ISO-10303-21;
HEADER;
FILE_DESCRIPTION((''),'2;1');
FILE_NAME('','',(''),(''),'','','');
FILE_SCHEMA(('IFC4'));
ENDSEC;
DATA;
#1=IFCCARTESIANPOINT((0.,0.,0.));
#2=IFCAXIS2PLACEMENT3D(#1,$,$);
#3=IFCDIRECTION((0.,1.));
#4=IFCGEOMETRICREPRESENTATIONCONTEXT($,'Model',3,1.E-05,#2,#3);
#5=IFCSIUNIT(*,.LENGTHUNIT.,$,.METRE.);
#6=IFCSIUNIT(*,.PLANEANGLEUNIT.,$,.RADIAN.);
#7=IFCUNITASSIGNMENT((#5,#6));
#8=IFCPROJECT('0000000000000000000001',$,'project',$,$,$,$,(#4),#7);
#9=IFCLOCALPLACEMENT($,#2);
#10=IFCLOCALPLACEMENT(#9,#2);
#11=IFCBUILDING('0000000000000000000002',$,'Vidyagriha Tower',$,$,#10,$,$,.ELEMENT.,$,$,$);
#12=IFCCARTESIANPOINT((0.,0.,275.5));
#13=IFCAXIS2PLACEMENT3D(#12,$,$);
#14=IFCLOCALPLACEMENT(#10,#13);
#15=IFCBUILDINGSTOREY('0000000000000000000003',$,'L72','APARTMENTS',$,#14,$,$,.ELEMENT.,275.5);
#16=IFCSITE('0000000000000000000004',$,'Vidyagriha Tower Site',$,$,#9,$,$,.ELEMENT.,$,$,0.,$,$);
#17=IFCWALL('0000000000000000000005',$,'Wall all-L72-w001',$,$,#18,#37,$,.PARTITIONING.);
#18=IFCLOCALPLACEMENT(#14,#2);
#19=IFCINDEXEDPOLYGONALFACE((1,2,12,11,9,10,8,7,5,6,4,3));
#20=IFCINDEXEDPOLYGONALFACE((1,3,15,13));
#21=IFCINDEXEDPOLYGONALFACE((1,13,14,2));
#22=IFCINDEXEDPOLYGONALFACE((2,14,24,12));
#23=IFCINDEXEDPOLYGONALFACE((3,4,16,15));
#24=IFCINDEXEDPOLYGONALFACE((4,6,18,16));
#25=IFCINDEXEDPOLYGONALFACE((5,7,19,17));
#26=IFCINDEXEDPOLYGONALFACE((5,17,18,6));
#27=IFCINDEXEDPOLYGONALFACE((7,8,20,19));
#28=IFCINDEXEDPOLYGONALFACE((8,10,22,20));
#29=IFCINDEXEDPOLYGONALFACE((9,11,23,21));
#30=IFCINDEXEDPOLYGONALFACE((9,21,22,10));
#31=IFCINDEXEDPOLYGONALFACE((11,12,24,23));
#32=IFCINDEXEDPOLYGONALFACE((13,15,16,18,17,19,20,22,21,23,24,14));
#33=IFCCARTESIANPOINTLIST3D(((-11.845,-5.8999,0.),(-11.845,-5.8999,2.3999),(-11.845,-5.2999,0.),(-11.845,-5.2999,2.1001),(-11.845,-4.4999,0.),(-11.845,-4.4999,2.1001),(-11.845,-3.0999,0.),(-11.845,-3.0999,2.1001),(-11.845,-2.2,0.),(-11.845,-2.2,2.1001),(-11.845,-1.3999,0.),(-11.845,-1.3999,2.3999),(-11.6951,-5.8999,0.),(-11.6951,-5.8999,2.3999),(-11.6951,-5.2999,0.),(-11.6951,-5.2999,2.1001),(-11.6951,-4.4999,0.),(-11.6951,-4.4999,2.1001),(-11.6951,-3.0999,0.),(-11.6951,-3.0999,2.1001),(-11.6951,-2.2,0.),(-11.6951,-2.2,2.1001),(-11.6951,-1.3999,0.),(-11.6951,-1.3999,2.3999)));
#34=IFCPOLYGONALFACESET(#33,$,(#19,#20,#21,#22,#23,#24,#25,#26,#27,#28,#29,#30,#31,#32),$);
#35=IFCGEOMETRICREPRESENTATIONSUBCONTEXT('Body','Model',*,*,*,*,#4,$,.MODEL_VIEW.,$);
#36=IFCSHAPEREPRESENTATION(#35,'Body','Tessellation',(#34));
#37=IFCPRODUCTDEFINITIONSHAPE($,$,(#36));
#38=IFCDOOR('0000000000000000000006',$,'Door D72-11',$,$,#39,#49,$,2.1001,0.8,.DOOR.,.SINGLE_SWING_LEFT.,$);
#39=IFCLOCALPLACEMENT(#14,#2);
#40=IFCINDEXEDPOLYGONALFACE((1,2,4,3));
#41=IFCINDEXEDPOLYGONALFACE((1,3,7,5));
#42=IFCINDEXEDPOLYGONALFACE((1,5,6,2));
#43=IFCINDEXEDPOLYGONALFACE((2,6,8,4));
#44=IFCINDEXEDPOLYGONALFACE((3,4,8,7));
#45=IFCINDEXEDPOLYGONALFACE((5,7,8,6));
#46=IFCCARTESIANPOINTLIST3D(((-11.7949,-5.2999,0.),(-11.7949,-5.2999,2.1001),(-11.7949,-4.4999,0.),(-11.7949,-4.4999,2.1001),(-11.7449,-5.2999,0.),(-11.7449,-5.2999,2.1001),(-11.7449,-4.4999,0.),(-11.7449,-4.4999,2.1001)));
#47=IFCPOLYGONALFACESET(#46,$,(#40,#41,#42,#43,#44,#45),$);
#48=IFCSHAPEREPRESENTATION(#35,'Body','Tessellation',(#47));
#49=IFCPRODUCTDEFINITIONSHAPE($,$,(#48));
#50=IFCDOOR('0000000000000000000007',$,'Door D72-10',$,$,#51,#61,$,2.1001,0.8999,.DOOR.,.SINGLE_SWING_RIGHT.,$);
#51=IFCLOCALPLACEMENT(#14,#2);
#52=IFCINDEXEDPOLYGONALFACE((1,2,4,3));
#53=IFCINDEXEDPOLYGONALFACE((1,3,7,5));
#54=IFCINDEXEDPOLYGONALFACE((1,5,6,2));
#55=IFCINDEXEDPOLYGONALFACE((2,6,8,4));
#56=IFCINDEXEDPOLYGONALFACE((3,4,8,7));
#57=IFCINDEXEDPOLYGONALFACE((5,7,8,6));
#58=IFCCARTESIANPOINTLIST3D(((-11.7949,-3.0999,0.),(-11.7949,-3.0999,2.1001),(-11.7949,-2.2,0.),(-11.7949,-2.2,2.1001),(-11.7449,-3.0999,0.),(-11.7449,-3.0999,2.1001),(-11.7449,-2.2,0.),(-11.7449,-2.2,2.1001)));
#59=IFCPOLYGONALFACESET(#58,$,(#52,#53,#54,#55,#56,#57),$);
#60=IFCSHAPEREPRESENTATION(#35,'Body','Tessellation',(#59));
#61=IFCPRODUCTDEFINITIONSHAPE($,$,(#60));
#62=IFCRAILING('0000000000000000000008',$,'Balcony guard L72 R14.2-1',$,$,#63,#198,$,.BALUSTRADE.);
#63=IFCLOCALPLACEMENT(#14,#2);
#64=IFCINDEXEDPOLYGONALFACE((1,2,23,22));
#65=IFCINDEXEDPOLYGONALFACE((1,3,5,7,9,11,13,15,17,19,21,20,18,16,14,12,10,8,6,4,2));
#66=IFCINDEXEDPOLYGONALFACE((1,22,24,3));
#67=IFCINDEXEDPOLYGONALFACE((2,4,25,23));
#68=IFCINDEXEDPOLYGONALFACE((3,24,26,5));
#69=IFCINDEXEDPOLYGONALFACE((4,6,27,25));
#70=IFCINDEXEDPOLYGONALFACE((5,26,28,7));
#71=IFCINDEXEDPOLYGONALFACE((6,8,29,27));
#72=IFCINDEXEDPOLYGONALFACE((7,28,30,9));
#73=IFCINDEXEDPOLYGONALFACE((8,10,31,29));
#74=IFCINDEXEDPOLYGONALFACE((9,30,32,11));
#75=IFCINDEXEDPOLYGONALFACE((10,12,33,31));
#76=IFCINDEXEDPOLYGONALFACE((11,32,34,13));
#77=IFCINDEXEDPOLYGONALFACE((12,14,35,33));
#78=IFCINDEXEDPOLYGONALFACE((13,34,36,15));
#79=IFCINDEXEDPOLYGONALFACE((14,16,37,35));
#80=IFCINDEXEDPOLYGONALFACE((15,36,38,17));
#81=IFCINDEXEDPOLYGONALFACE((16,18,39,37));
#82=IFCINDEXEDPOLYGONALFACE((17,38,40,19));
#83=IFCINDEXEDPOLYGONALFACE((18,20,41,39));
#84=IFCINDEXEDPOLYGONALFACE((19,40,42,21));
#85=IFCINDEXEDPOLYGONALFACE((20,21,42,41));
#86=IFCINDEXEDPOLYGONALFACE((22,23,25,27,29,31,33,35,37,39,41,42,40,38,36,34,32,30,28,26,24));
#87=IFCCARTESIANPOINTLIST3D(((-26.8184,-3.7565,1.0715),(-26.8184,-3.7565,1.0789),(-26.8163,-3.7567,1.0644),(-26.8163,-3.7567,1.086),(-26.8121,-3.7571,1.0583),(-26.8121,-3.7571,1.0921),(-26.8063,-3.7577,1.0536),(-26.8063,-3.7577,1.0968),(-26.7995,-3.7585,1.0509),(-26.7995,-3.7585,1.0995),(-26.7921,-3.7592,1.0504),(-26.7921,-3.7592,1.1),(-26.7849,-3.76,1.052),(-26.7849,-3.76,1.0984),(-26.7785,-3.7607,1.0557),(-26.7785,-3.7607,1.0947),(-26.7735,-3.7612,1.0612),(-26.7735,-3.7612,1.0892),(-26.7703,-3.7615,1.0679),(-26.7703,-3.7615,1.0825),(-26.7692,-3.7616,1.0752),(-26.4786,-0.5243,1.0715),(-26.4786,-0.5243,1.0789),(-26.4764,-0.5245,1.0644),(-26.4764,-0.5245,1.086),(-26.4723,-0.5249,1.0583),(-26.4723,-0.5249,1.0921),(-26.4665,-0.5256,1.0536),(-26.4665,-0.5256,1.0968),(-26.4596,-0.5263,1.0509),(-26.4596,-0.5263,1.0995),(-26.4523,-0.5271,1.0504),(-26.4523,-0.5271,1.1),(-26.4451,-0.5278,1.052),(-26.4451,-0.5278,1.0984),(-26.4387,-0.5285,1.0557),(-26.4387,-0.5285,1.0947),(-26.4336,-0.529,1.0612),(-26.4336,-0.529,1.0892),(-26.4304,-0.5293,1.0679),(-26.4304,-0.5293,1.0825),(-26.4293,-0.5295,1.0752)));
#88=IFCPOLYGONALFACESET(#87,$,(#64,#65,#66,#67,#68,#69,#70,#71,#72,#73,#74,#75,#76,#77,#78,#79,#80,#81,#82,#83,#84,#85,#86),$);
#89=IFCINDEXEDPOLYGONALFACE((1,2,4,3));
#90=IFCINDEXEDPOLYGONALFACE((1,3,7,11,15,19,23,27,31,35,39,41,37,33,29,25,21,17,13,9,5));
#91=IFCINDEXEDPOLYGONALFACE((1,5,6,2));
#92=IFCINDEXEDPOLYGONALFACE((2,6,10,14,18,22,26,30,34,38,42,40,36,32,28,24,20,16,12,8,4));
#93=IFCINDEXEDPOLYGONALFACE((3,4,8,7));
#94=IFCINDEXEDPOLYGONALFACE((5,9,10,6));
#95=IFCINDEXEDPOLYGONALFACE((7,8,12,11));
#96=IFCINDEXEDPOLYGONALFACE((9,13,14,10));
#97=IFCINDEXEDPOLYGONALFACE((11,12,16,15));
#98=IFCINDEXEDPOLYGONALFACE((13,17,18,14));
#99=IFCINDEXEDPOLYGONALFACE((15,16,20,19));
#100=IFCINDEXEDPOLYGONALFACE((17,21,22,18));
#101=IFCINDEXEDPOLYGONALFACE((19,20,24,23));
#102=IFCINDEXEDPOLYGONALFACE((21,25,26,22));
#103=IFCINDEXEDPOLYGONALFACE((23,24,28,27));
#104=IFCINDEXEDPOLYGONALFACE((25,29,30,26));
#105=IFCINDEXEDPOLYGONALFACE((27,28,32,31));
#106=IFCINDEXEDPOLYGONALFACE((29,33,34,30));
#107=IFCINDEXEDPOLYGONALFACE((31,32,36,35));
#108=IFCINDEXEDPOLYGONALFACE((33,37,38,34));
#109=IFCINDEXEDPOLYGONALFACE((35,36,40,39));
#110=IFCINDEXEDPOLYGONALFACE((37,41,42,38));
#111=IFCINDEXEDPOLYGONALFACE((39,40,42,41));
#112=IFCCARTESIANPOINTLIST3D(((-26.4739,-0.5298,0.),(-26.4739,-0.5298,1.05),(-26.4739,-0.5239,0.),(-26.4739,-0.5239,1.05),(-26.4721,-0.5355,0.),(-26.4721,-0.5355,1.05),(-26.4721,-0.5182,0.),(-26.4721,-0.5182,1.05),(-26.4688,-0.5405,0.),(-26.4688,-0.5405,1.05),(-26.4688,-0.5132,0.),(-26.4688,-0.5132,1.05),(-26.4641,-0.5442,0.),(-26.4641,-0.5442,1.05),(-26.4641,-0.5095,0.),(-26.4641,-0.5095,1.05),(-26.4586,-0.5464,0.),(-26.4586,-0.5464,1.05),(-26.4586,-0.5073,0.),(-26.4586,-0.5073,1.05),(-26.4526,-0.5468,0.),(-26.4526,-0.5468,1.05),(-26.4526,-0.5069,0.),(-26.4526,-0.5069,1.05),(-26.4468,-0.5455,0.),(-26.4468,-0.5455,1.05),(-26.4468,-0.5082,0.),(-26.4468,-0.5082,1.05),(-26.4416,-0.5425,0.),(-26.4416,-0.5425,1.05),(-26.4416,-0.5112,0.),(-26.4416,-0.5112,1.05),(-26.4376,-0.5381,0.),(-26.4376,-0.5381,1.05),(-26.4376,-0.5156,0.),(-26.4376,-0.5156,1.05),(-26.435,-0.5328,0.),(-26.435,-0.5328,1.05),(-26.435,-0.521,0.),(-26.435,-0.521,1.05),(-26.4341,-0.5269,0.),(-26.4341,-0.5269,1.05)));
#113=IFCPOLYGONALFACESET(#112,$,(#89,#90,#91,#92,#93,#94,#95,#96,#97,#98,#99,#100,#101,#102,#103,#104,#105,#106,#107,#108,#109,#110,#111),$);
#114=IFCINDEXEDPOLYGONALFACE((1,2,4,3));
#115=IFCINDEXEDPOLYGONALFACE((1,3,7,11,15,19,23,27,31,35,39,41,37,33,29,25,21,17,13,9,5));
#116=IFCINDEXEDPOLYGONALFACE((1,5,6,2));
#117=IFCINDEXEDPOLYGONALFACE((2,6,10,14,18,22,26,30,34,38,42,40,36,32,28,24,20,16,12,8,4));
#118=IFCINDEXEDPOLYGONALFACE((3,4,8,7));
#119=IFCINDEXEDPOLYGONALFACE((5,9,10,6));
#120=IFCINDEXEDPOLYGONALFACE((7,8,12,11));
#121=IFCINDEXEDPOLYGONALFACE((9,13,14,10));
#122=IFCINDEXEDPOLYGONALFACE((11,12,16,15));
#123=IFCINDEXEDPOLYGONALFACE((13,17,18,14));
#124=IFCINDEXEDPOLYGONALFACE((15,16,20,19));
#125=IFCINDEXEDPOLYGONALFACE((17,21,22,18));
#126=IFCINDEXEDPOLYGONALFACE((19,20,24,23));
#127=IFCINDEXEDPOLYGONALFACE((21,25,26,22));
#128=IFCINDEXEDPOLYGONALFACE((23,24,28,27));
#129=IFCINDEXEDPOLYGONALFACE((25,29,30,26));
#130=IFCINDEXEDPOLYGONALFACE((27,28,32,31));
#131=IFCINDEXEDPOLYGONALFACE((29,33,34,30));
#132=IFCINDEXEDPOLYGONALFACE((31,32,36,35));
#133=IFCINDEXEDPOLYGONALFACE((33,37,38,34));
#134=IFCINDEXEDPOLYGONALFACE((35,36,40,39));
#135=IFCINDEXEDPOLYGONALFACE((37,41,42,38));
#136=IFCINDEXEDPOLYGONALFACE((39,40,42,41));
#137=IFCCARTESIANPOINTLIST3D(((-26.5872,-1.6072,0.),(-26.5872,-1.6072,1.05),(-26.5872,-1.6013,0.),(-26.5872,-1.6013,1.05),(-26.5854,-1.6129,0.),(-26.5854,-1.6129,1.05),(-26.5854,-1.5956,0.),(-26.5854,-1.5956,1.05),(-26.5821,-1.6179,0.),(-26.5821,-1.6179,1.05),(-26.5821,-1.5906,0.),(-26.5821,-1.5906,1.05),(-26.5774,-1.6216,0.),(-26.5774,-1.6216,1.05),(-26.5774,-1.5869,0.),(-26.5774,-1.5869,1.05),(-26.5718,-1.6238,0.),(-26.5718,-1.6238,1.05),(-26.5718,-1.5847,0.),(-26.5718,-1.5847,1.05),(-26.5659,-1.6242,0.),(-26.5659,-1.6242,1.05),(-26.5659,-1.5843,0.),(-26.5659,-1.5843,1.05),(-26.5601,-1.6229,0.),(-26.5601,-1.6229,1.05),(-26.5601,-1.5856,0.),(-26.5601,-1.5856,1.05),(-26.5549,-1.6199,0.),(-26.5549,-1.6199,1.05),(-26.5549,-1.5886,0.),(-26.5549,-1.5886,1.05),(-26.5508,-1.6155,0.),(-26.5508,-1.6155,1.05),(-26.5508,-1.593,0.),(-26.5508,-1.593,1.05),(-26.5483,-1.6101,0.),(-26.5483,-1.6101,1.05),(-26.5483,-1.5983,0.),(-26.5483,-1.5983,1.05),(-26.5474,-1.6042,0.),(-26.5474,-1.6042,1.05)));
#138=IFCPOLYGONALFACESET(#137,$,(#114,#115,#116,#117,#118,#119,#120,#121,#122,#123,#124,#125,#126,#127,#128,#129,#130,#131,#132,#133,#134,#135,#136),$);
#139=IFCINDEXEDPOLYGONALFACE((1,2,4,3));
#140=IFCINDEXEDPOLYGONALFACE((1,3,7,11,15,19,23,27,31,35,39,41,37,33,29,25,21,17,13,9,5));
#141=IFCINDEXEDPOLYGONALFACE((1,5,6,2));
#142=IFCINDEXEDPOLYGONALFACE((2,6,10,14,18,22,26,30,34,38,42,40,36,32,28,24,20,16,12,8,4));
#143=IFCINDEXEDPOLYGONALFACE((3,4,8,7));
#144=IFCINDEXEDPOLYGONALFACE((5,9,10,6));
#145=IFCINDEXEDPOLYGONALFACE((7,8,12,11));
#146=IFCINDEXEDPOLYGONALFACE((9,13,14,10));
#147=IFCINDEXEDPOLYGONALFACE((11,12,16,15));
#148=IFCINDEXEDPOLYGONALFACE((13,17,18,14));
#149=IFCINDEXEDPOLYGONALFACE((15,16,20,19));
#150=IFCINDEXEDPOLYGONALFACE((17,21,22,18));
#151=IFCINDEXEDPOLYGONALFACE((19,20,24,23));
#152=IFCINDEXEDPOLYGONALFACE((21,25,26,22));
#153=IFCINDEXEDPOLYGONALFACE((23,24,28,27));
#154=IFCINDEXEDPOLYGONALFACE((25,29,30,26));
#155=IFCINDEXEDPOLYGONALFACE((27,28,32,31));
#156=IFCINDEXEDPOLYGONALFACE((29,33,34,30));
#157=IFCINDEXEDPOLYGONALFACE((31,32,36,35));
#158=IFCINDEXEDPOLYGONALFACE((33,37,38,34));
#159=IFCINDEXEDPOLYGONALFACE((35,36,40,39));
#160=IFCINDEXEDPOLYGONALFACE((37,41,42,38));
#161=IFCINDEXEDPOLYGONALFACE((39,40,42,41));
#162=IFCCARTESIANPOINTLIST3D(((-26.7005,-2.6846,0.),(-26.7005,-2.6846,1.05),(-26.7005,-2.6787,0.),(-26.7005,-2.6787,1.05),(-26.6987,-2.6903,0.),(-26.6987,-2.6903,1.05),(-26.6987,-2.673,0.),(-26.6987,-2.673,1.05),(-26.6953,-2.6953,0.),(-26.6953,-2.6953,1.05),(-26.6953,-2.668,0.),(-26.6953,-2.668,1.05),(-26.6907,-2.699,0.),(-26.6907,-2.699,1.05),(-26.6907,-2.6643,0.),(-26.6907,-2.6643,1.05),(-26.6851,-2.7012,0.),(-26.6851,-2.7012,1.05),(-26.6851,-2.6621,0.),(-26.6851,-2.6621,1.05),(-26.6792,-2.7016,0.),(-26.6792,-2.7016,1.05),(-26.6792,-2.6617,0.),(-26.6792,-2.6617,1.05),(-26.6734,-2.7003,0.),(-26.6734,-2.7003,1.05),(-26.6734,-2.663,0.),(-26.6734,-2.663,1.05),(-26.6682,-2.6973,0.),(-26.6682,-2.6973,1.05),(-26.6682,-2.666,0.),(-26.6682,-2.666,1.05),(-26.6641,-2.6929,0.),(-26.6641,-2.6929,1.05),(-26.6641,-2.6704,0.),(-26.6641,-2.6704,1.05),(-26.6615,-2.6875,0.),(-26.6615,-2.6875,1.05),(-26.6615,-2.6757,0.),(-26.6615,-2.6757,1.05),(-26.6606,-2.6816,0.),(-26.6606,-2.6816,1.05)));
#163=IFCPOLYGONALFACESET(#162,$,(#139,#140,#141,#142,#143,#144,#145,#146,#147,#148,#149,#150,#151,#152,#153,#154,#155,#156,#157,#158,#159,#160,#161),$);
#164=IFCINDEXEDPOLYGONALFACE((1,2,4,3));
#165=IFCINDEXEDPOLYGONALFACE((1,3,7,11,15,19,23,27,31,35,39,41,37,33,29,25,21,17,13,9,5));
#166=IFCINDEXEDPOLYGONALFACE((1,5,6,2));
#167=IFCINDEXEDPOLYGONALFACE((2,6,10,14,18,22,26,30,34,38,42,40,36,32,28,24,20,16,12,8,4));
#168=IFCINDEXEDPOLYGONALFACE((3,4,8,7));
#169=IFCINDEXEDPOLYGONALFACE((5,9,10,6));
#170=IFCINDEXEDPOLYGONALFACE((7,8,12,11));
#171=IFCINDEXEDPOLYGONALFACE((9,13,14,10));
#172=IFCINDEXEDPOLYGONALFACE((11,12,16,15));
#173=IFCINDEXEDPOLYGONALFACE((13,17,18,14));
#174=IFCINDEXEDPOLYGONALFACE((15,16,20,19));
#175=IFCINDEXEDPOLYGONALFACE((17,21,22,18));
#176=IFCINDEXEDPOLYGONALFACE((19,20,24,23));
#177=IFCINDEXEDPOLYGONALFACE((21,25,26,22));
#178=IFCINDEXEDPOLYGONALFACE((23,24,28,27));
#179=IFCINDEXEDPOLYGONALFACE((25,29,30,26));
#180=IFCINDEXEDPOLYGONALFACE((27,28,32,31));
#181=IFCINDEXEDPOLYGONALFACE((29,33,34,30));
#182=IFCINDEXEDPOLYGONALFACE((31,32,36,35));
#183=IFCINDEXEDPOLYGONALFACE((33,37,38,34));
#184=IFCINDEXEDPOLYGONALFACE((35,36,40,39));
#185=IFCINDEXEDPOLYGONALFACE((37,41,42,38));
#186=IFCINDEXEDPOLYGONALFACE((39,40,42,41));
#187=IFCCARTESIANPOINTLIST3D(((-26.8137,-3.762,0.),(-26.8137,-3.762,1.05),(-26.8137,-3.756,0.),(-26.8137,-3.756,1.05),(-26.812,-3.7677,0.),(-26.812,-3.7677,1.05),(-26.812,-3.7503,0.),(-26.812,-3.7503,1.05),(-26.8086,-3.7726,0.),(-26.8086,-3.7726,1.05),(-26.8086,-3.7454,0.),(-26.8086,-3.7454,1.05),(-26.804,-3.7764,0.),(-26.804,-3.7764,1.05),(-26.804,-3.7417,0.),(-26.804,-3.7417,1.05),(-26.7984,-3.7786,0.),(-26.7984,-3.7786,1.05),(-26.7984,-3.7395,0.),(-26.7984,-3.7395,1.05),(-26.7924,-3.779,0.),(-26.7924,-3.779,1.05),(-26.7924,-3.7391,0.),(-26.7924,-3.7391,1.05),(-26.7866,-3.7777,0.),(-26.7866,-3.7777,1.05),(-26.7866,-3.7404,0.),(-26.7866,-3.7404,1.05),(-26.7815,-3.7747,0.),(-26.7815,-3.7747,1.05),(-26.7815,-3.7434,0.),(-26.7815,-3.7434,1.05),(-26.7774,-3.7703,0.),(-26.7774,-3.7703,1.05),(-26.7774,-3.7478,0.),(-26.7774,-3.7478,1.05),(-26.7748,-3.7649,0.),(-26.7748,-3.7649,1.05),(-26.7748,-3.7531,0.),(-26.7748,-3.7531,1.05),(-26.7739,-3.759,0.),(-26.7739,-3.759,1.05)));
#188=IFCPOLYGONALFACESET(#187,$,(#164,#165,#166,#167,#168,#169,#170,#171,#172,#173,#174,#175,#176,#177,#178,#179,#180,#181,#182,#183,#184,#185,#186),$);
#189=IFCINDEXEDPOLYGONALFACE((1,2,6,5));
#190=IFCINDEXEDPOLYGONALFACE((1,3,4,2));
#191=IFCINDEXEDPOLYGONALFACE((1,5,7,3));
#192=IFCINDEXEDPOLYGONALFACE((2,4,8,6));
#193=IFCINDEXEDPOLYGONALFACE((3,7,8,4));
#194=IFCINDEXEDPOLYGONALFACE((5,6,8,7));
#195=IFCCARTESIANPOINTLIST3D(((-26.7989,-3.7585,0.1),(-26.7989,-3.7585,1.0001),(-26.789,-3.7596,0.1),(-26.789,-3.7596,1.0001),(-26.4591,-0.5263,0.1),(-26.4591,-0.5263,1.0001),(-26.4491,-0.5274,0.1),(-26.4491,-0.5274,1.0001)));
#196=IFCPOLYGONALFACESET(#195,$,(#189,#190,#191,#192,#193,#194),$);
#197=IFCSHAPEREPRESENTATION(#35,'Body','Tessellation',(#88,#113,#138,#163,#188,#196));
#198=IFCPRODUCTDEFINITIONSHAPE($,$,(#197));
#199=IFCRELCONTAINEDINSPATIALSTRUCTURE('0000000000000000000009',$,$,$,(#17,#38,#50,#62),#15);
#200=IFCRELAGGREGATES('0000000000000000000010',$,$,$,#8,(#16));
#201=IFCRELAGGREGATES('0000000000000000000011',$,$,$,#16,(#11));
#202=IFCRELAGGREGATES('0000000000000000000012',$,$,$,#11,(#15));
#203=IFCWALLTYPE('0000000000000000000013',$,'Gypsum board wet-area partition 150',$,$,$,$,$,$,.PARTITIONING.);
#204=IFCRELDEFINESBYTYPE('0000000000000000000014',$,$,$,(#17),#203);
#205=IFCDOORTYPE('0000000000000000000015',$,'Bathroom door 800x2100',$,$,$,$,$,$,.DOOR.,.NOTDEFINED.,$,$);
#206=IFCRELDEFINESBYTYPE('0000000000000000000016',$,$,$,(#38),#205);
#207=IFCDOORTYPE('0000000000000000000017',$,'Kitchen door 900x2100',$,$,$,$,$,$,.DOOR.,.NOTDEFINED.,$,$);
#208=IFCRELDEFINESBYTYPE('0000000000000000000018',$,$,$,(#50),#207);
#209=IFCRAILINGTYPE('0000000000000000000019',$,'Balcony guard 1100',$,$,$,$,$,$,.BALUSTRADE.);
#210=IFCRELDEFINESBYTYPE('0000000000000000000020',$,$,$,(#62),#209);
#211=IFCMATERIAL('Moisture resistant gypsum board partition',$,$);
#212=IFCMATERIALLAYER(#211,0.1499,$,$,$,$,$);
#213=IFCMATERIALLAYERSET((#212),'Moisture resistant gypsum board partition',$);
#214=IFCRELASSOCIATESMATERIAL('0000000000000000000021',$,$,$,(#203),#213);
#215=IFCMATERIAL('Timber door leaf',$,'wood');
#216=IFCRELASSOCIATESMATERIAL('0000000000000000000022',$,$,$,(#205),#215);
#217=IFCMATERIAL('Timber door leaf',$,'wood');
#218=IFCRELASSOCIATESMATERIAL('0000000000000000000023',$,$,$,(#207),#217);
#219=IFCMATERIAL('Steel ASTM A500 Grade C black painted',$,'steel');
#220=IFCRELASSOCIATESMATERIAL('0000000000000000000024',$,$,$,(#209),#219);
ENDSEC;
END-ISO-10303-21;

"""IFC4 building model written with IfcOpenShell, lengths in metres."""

from ifc_helpers import new_model, si_unit, direction, frame, frame_2d, origin, origin_2d, place, context, subcontext, project, spatial, rectangle, circle, extrude, material, layer, layer_set, type_object, element, fill, save


model = new_model("IFC4")

# Units and contexts
model_context = context("Model", 3, precision=1e-05, world=origin(), true_north=direction((0.0, 1.0)))
body_context = subcontext(model_context, "Body", "Model", "MODEL_VIEW")
ifc_project = project(units=[si_unit("LENGTHUNIT", "METRE"), si_unit("PLANEANGLEUNIT", "RADIAN")], contexts=[model_context])

# Site, building, storey
site_placement = place(None, origin())
site = spatial("IfcSite", under=ifc_project, at=site_placement, Name="Vidyagriha Tower Site", CompositionType="ELEMENT", RefElevation=0.0)
building_placement = place(site_placement, origin())
building = spatial("IfcBuilding", under=site, at=building_placement, Name="Vidyagriha Tower", CompositionType="ELEMENT")
storey_placement = place(building_placement, frame((0.0, 0.0, 275.5)))
storey = spatial("IfcBuildingStorey", under=building, at=storey_placement, Name="L72", Description="APARTMENTS", CompositionType="ELEMENT", Elevation=275.5)

# Wall, openings, doors
ifc_material_1 = material(Name="Moisture resistant gypsum board partition")
ifc_layer_1 = layer(ifc_material_1, 0.1499)
ifc_layer_set_1 = layer_set([ifc_layer_1], Name="Moisture resistant gypsum board partition")
wall_type_1 = type_object("IfcWallType", Name="Gypsum board wet-area partition 150", PredefinedType="PARTITIONING", material=ifc_layer_set_1)
wall_1_placement = place(storey_placement, frame((-11.77, -5.8999, 0.0), z_axis=(0.0, 0.0, 1.0), x_axis=(0.0, 1.0, 0.0)))
wall_1 = element("IfcWall", 1, at=wall_1_placement, inside=storey, type_object=wall_type_1, Name="Wall all-L72-w001", PredefinedType="PARTITIONING", context=body_context, shape_type="SweptSolid", body=[
    extrude(rectangle(XDim=4.5, YDim=0.1499, at=frame_2d((2.25, 0.0))), origin(), (0.0, 0.0, 1.0), 2.3999),
])
opening_1_placement = place(wall_1_placement, frame((2.8, 0.0, 0.0)))
opening_1 = element("IfcOpeningElement", 2, at=opening_1_placement, cuts=wall_1, PredefinedType="OPENING", context=body_context, shape_type="SweptSolid", body=[
    extrude(rectangle(XDim=0.8999, YDim=2.1001, at=frame_2d((0.45, 1.05))), frame((0.0, 0.085, 0.0), z_axis=(0.0, -1.0, 0.0), x_axis=(1.0, 0.0, 0.0)), (0.0, 0.0, 1.0), 0.1699),
])
opening_2_placement = place(wall_1_placement, frame((0.6001, 0.0, 0.0)))
opening_2 = element("IfcOpeningElement", 3, at=opening_2_placement, cuts=wall_1, PredefinedType="OPENING", context=body_context, shape_type="SweptSolid", body=[
    extrude(rectangle(XDim=0.8, YDim=2.1001, at=frame_2d((0.3999, 1.05))), frame((0.0, 0.085, 0.0), z_axis=(0.0, -1.0, 0.0), x_axis=(1.0, 0.0, 0.0)), (0.0, 0.0, 1.0), 0.1699),
])
ifc_material_2 = material(Name="Timber door leaf", Category="wood")
door_type_1 = type_object("IfcDoorType", Name="Bathroom door 800x2100", OperationType="NOTDEFINED", PredefinedType="DOOR", material=ifc_material_2)
door_1_placement = place(opening_2_placement, origin())
door_1 = element("IfcDoor", 4, at=door_1_placement, inside=storey, type_object=door_type_1, Name="Door D72-11", OperationType="SINGLE_SWING_LEFT", OverallHeight=2.1001, OverallWidth=0.8, PredefinedType="DOOR", context=body_context, shape_type="SweptSolid", body=[
    extrude(rectangle(XDim=0.8, YDim=2.1001, at=frame_2d((0.3999, 1.05))), frame((0.0, 0.0249, 0.0), z_axis=(0.0, -1.0, 0.0), x_axis=(1.0, 0.0, 0.0)), (0.0, 0.0, 1.0), 0.05),
])
fill(opening_2, door_1)
ifc_material_3 = material(Name="Timber door leaf", Category="wood")
door_type_2 = type_object("IfcDoorType", Name="Kitchen door 900x2100", OperationType="NOTDEFINED", PredefinedType="DOOR", material=ifc_material_3)
door_2_placement = place(opening_1_placement, origin())
door_2 = element("IfcDoor", 5, at=door_2_placement, inside=storey, type_object=door_type_2, Name="Door D72-10", OperationType="SINGLE_SWING_RIGHT", OverallHeight=2.1001, OverallWidth=0.8999, PredefinedType="DOOR", context=body_context, shape_type="SweptSolid", body=[
    extrude(rectangle(XDim=0.8999, YDim=2.1001, at=frame_2d((0.45, 1.05))), frame((0.0, 0.0249, 0.0), z_axis=(0.0, -1.0, 0.0), x_axis=(1.0, 0.0, 0.0)), (0.0, 0.0, 1.0), 0.05),
])
fill(opening_1, door_2)

# Railing
ifc_material_4 = material(Name="Steel ASTM A500 Grade C black painted", Category="steel")
railing_type_1 = type_object("IfcRailingType", Name="Balcony guard 1100", PredefinedType="BALUSTRADE", material=ifc_material_4)
railing_1_placement = place(storey_placement, frame((-26.4541, -0.5269, 0.0)))
element("IfcRailing", 6, at=railing_1_placement, inside=storey, type_object=railing_type_1, Name="Balcony guard L72 R14.2-1", PredefinedType="BALUSTRADE", context=body_context, shape_type="SweptSolid", body=[
    extrude(circle(Radius=0.0249, at=origin_2d()), frame((0.0, 0.0, 1.0752), z_axis=(-0.104567, -0.994518, 0.0), x_axis=(0.994518, -0.104567, 0.0)), (0.0, 0.0, 1.0), 3.25),
    extrude(circle(Radius=0.02, at=origin_2d()), origin(), (0.0, 0.0, 1.0), 1.05),
    extrude(circle(Radius=0.02, at=origin_2d()), frame((-0.1133, -1.0774, 0.0)), (0.0, 0.0, 1.0), 1.05),
    extrude(circle(Radius=0.02, at=origin_2d()), frame((-0.2266, -2.1548, 0.0)), (0.0, 0.0, 1.0), 1.05),
    extrude(circle(Radius=0.02, at=origin_2d()), frame((-0.3398, -3.2322, 0.0)), (0.0, 0.0, 1.0), 1.05),
    extrude(rectangle(XDim=0.01, YDim=0.9001, at=origin_2d()), frame((0.0, 0.0, 0.55), z_axis=(-0.104567, -0.994518, 0.0), x_axis=(0.994518, -0.104567, 0.0)), (0.0, 0.0, 1.0), 3.25),
])

save(model, "model.ifc")
